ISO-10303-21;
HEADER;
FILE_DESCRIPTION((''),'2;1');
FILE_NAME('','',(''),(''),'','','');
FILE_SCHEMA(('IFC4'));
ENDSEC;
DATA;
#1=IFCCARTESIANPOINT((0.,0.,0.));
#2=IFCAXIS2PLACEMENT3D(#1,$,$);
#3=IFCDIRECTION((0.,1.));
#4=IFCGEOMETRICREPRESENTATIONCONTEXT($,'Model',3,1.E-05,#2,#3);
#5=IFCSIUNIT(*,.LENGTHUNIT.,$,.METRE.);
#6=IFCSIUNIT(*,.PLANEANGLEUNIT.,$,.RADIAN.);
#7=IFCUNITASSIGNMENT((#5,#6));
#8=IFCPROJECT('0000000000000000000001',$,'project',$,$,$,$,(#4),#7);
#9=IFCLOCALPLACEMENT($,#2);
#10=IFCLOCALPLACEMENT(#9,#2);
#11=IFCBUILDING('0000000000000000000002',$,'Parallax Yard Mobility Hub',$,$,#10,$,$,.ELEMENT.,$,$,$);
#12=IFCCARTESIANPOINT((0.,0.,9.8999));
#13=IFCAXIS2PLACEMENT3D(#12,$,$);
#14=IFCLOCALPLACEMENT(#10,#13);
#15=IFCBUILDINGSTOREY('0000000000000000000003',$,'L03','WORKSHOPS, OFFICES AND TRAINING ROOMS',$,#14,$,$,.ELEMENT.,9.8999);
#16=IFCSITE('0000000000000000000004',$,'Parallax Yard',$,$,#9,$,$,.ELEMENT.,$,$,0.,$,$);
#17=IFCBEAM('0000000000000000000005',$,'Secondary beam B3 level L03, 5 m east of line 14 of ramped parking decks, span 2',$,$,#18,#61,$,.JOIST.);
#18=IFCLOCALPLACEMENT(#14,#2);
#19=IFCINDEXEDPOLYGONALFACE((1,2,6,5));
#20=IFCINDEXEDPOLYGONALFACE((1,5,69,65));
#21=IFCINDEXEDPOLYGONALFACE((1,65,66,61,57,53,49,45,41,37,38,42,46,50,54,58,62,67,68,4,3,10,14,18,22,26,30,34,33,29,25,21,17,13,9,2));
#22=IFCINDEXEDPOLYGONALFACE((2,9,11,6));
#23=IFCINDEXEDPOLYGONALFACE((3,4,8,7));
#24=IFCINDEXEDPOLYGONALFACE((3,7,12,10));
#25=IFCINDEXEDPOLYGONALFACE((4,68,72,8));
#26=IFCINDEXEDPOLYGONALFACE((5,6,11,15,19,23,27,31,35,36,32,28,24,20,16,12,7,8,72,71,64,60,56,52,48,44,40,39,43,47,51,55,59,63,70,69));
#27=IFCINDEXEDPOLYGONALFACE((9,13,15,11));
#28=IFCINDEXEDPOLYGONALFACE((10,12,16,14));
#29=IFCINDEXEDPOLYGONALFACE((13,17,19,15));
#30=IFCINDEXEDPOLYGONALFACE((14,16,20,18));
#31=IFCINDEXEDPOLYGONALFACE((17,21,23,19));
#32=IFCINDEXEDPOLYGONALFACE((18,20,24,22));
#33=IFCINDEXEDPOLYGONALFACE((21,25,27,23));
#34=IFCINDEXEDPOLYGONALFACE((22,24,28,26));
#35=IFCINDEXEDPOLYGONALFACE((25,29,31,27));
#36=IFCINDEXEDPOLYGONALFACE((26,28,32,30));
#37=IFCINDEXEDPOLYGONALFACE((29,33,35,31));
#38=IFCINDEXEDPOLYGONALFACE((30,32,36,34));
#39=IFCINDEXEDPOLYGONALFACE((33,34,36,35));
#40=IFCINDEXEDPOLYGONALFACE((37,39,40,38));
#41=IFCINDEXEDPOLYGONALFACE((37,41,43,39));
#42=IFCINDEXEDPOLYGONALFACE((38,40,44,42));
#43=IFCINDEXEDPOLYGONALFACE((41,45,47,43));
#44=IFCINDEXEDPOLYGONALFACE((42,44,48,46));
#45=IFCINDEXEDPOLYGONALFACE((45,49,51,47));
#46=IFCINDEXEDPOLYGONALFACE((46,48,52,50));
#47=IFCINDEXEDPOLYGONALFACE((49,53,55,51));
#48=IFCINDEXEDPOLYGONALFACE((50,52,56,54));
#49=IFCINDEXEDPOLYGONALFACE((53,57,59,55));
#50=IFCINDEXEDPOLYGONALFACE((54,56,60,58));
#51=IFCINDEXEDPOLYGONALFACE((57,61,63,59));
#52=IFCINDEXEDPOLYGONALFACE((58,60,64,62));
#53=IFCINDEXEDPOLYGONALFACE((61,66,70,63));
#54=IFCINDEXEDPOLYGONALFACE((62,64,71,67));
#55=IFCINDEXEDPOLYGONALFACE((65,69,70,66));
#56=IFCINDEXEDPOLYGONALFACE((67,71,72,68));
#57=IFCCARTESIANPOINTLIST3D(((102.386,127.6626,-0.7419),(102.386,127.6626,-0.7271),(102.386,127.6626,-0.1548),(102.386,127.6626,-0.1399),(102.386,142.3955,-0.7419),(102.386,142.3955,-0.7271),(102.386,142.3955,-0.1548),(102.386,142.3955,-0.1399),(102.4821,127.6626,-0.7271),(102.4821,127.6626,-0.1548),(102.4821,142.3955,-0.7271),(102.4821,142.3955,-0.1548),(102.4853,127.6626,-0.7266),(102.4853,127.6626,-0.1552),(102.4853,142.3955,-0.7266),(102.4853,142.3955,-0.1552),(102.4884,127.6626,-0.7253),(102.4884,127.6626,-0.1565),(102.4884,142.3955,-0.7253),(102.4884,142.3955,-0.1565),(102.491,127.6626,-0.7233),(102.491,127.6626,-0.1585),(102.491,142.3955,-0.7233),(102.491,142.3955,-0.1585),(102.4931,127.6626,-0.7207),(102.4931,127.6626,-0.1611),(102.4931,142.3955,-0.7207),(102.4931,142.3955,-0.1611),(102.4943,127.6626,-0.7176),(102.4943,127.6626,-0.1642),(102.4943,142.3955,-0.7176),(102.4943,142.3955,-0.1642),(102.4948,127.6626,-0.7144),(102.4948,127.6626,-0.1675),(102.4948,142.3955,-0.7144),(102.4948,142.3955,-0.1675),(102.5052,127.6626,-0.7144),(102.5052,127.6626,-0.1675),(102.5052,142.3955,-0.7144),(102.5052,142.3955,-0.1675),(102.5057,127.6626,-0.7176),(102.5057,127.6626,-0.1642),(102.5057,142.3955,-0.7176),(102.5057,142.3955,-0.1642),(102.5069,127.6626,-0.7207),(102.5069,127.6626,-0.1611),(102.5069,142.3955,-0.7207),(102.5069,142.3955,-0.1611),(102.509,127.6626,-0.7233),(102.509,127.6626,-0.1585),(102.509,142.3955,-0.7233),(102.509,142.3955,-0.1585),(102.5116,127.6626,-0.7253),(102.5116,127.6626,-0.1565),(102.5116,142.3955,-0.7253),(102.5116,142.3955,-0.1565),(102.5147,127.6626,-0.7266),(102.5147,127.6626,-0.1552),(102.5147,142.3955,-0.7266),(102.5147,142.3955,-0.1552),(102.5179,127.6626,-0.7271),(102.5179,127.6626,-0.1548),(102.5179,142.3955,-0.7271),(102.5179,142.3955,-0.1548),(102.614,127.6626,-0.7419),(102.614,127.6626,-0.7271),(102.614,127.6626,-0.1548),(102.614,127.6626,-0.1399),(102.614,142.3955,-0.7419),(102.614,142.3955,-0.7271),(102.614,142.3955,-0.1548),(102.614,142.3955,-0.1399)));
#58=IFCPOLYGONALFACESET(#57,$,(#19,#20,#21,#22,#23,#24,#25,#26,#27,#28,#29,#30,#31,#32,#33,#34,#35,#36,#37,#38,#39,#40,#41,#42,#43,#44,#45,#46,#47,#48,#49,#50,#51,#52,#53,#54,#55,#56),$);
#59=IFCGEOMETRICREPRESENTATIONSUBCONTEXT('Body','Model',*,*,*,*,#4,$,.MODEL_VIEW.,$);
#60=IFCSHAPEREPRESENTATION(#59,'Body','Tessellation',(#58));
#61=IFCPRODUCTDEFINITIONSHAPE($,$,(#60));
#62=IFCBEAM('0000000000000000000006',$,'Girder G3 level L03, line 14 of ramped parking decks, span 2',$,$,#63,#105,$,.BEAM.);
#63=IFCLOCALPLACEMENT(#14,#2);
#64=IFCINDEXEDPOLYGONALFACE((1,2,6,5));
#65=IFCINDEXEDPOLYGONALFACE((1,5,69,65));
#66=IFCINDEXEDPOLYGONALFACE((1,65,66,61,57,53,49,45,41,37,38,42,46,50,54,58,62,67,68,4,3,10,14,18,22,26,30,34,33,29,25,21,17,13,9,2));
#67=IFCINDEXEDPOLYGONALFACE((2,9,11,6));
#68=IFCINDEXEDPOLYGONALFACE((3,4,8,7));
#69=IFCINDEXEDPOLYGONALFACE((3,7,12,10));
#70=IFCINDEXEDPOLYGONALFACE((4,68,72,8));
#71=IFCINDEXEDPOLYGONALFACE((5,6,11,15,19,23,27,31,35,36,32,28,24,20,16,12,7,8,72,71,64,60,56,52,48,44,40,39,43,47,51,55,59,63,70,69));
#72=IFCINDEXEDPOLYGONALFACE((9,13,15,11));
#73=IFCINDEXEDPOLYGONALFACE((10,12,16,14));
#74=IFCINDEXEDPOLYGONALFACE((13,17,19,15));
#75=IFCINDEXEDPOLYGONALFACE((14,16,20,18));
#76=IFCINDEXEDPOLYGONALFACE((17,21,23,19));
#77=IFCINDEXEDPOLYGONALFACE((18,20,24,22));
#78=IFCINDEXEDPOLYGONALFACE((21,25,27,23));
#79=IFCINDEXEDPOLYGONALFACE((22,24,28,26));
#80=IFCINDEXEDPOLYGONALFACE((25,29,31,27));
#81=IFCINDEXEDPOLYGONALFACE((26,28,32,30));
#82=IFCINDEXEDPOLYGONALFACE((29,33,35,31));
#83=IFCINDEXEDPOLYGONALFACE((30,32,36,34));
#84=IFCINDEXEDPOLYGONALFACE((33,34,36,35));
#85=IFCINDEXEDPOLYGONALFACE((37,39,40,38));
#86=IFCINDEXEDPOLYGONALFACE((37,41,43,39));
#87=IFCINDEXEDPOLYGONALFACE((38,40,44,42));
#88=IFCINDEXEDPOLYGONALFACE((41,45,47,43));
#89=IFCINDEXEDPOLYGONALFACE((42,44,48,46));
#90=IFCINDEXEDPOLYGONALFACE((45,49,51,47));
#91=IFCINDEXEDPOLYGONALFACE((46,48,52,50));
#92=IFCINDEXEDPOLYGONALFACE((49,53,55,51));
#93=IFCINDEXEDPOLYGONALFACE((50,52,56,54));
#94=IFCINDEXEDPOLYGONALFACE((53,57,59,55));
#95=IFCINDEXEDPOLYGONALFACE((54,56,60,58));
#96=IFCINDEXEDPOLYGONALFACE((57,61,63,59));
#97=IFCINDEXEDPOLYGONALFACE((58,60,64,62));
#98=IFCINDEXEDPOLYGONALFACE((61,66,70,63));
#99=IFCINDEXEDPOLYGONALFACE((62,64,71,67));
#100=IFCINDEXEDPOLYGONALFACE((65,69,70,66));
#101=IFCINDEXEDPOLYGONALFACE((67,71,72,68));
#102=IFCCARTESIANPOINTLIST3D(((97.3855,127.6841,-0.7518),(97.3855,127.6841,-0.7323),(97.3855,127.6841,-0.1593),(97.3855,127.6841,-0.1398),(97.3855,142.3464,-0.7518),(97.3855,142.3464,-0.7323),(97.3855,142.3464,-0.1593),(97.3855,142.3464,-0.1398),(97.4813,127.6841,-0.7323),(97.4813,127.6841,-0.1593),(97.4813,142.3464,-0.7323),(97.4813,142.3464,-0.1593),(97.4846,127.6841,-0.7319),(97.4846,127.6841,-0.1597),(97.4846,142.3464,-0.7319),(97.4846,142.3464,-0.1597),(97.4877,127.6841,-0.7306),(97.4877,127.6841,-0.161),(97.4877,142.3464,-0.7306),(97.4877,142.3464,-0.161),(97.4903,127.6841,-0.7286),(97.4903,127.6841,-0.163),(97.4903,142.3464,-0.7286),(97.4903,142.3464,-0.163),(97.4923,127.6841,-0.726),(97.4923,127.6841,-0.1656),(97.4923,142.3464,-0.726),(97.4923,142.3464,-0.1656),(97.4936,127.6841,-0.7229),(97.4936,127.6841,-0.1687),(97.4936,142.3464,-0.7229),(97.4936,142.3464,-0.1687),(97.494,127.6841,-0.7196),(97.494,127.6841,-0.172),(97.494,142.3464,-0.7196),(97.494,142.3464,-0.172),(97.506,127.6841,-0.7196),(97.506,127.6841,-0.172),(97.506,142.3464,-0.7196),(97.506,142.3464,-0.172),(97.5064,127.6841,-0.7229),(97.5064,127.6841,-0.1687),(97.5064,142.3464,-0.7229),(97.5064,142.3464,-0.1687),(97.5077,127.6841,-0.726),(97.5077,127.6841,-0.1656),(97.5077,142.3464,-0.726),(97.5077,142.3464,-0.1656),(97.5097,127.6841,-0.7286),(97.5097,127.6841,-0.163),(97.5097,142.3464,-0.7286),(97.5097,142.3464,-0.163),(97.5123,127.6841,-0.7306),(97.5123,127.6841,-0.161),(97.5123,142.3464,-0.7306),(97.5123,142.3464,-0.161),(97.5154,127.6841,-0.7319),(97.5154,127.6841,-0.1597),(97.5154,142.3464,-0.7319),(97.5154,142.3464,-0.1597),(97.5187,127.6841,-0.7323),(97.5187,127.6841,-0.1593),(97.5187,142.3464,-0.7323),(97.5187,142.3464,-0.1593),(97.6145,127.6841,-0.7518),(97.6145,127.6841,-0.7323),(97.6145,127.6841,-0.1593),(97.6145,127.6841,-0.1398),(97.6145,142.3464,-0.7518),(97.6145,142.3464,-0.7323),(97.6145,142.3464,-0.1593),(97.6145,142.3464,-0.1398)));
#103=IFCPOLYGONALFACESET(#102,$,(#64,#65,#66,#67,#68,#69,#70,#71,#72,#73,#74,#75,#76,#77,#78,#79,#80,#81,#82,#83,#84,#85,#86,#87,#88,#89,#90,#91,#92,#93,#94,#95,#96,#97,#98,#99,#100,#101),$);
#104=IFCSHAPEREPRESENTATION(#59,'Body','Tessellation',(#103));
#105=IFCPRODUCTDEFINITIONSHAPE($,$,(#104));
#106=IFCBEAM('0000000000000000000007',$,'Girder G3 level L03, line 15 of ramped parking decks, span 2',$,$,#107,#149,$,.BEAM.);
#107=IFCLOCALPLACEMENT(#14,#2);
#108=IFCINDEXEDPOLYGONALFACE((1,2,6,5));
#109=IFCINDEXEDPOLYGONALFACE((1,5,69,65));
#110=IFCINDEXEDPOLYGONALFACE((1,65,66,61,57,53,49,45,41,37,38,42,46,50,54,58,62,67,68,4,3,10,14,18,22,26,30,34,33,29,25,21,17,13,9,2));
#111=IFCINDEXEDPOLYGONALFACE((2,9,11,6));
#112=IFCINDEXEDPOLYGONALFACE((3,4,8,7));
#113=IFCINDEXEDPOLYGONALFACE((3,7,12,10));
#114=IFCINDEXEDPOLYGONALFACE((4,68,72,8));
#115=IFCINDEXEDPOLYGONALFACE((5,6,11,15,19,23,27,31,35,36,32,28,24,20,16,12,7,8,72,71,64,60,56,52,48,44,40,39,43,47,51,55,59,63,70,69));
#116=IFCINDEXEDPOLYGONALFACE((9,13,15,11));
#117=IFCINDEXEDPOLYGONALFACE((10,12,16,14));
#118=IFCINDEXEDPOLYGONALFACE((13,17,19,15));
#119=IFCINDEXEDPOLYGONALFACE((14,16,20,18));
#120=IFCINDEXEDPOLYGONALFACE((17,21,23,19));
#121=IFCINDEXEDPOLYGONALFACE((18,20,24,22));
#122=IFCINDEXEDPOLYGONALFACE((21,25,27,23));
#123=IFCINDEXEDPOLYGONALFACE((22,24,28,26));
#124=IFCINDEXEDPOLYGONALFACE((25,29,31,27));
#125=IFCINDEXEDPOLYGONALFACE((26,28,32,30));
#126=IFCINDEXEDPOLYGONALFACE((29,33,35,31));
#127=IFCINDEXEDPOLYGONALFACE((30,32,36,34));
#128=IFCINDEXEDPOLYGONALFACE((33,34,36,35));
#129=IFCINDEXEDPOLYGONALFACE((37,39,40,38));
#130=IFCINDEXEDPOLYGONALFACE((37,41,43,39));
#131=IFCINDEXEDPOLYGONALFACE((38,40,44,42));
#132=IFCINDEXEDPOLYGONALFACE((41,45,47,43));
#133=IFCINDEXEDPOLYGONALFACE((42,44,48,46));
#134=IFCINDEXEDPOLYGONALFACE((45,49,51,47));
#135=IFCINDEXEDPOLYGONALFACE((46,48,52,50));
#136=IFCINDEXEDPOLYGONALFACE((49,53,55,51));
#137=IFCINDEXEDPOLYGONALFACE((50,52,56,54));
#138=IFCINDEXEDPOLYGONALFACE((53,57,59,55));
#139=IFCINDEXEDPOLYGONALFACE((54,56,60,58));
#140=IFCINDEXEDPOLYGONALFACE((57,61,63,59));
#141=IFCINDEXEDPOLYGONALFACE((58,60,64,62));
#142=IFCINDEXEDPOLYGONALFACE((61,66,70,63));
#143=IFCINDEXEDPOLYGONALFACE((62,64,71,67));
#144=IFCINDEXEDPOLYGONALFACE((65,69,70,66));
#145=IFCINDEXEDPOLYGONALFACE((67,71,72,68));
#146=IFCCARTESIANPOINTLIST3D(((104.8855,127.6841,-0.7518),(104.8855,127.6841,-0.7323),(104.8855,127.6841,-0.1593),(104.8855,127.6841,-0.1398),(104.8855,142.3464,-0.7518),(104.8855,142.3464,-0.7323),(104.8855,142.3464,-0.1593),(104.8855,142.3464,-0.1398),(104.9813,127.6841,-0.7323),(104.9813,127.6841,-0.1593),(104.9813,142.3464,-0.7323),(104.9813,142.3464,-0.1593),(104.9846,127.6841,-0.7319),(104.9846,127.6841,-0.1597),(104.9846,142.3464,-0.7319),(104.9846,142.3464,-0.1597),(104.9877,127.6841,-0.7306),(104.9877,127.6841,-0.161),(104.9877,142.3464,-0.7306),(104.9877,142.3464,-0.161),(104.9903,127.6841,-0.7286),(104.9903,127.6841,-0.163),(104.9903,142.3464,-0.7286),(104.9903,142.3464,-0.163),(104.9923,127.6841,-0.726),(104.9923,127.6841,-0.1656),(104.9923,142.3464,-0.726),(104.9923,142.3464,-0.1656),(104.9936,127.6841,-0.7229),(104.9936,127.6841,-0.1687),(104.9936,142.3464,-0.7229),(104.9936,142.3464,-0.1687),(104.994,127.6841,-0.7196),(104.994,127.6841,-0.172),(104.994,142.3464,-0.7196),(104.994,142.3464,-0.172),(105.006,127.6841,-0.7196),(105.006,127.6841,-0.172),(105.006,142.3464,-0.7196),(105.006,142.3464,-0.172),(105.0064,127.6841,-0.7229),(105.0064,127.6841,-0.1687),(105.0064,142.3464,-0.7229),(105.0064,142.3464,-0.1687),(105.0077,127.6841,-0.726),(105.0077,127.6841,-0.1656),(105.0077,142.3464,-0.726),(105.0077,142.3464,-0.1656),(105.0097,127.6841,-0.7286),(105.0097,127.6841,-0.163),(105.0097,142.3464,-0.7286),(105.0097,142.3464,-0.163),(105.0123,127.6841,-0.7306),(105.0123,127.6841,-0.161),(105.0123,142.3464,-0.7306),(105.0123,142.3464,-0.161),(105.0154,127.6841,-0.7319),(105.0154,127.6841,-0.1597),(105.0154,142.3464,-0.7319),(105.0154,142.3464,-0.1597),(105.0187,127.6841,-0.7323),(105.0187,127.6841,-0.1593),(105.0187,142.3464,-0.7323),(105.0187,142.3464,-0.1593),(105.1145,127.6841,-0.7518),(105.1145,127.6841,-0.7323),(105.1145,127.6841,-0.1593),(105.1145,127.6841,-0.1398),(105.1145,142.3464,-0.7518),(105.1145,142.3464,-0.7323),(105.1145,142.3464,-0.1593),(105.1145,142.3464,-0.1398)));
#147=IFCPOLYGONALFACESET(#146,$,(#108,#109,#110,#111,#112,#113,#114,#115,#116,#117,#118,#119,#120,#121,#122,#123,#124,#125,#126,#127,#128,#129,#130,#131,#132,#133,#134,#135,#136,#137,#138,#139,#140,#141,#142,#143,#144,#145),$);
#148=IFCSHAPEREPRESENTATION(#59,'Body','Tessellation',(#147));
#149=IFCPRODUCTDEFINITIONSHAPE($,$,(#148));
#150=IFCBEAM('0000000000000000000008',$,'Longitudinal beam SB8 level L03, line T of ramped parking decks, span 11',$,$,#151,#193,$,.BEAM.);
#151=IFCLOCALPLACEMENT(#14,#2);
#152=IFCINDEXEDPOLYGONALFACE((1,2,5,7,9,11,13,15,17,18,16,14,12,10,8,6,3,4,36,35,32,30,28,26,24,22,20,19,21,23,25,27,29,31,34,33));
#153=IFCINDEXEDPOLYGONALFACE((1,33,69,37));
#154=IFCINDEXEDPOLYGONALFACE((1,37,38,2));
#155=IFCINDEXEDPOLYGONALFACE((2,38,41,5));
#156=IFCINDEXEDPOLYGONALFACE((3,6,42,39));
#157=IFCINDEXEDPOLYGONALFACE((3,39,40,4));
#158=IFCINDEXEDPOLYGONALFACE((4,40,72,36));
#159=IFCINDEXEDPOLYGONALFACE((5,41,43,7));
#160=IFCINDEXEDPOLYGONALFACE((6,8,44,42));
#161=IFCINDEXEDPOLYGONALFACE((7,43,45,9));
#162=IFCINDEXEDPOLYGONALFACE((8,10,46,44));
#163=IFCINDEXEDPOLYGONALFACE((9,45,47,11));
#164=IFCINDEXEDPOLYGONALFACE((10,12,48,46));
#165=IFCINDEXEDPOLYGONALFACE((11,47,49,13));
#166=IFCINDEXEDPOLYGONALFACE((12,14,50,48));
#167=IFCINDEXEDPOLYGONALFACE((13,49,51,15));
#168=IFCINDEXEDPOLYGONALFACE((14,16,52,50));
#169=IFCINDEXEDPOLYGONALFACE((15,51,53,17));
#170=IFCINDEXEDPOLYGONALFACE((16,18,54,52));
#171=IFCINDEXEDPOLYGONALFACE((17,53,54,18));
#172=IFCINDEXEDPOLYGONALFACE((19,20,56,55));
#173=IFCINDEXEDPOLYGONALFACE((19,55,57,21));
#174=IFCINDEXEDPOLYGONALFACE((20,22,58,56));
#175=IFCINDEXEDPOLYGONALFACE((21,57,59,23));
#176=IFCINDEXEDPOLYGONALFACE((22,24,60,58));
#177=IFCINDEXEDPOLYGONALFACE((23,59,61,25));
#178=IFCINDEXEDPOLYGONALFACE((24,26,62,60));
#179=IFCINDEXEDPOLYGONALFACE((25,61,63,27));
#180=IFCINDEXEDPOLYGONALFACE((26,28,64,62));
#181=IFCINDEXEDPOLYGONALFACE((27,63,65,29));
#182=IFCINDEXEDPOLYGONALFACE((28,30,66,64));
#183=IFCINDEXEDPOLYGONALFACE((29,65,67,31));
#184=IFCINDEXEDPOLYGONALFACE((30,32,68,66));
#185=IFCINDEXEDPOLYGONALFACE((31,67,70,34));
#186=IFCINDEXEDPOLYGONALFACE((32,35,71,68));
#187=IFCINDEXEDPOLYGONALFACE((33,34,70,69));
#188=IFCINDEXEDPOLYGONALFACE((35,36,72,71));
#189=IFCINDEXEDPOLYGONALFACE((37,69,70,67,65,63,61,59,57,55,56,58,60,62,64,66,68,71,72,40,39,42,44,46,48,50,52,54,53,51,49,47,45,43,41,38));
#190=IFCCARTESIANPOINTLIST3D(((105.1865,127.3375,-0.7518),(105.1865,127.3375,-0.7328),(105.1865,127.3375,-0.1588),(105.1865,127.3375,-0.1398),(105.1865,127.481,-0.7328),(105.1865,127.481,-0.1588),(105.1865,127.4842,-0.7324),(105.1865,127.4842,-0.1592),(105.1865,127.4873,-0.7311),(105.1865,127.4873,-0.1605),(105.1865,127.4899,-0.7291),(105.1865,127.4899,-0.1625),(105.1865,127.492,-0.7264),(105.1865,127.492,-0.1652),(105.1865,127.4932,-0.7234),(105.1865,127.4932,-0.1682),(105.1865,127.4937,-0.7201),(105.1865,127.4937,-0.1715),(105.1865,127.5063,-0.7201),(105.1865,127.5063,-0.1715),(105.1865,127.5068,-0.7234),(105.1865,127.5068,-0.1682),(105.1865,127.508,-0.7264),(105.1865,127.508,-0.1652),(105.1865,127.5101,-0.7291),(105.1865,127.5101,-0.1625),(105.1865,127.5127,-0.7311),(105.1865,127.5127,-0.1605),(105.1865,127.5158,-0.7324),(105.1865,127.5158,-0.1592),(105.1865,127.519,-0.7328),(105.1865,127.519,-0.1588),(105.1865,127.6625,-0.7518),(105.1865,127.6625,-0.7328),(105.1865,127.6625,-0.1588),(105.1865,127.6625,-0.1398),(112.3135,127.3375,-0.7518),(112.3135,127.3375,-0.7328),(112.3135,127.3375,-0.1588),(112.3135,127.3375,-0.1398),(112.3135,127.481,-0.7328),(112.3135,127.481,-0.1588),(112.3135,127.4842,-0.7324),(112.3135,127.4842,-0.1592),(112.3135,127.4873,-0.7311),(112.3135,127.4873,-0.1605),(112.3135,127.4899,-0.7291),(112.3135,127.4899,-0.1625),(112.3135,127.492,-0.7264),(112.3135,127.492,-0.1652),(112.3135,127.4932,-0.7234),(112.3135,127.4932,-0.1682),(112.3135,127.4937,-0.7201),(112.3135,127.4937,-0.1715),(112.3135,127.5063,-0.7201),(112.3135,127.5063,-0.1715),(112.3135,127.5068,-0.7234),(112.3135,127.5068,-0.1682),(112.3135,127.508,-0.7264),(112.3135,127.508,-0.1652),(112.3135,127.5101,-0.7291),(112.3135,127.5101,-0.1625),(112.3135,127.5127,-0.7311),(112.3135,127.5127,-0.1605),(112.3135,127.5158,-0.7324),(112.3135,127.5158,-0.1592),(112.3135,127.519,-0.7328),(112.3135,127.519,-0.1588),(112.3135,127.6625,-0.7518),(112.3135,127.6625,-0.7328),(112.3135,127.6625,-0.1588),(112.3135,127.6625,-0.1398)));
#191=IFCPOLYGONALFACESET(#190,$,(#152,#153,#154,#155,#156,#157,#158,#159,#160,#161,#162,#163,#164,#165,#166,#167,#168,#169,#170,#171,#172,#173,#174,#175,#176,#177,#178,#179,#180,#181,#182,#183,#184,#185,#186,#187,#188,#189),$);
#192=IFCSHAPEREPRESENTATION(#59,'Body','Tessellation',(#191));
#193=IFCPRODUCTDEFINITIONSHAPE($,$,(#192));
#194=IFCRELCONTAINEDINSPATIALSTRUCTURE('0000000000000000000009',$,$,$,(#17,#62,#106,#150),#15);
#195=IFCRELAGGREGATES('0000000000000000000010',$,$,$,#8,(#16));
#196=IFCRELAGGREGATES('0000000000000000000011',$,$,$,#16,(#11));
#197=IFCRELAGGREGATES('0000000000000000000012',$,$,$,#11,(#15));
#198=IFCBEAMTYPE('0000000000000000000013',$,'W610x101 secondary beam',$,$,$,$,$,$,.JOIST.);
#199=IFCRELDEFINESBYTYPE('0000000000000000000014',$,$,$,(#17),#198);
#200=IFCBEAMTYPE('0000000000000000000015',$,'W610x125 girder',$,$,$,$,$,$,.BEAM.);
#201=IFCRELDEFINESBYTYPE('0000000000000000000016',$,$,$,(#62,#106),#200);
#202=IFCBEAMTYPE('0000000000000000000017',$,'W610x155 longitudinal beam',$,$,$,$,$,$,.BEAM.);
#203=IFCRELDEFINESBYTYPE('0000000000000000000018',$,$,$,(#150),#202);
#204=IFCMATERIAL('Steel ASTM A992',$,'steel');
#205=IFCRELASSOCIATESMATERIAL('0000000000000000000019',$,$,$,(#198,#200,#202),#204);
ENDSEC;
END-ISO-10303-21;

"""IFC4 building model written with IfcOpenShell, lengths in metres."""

from ifc_helpers import new_model, si_unit, direction, frame, origin, origin_2d, place, context, subcontext, project, spatial, i_section, extrude, material, material_profile, profile_set, type_object, element, save


model = new_model("IFC4")

# Units and contexts
model_context = context("Model", 3, precision=1e-05, world=origin(), true_north=direction((0.0, 1.0)))
body_context = subcontext(model_context, "Body", "Model", "MODEL_VIEW")
ifc_project = project(units=[si_unit("LENGTHUNIT", "METRE"), si_unit("PLANEANGLEUNIT", "RADIAN")], contexts=[model_context])

# Site, building, storey
site_placement = place(None, origin())
site = spatial("IfcSite", under=ifc_project, at=site_placement, Name="Parallax Yard", CompositionType="ELEMENT", RefElevation=0.0)
building_placement = place(site_placement, origin())
building = spatial("IfcBuilding", under=site, at=building_placement, Name="Parallax Yard Mobility Hub", CompositionType="ELEMENT")
storey_placement = place(building_placement, frame((0.0, 0.0, 9.8999)))
storey = spatial("IfcBuildingStorey", under=building, at=storey_placement, Name="L03", Description="WORKSHOPS, OFFICES AND TRAINING ROOMS", CompositionType="ELEMENT", Elevation=9.8999)

# Shared definitions
ifc_material_1 = material(Name="Steel ASTM A992", Category="steel")

# Beams
ifc_material_profile_1 = material_profile(ifc_material_1, i_section(OverallWidth=0.228, OverallDepth=0.6021, WebThickness=0.0105, FlangeThickness=0.0149, FilletRadius=0.0127, at=origin_2d()), Name="W610x101")
ifc_profile_set_1 = profile_set([ifc_material_profile_1], Name="Steel ASTM A992")
beam_type_1 = type_object("IfcBeamType", Name="W610x101 secondary beam", PredefinedType="JOIST", material=ifc_profile_set_1)
for number, where, z_axis, x_axis, name in (
    (1, (102.5, 127.6626, -0.4409), (0.0, 1.0, 0.0), (-1.0, 0.0, 0.0), "Secondary beam B3 level L03, 5 m east of line 14 of ramped parking decks, span 2"),
):
    element("IfcBeam", number, at=place(storey_placement, frame(where, z_axis=z_axis, x_axis=x_axis)), inside=storey, type_object=beam_type_1, Name=name, PredefinedType="JOIST", context=body_context, shape_type="SweptSolid", body=[
        extrude(i_section(OverallWidth=0.228, OverallDepth=0.6021, WebThickness=0.0105, FlangeThickness=0.0149, FilletRadius=0.0127, at=origin_2d()), origin(), (0.0, 0.0, 1.0), 14.7329),
    ])
ifc_material_profile_2 = material_profile(ifc_material_1, i_section(OverallWidth=0.229, OverallDepth=0.6121, WebThickness=0.012, FlangeThickness=0.0195, FilletRadius=0.0127, at=origin_2d()), Name="W610x125")
ifc_profile_set_2 = profile_set([ifc_material_profile_2], Name="Steel ASTM A992")
beam_type_2 = type_object("IfcBeamType", Name="W610x125 girder", PredefinedType="BEAM", material=ifc_profile_set_2)
for number, where, z_axis, x_axis, name in (
    (2, (97.5, 127.6841, -0.4458), (0.0, 1.0, 0.0), (-1.0, 0.0, 0.0), "Girder G3 level L03, line 14 of ramped parking decks, span 2"),
    (3, (105.0, 127.6841, -0.4458), (0.0, 1.0, 0.0), (-1.0, 0.0, 0.0), "Girder G3 level L03, line 15 of ramped parking decks, span 2"),
):
    element("IfcBeam", number, at=place(storey_placement, frame(where, z_axis=z_axis, x_axis=x_axis)), inside=storey, type_object=beam_type_2, Name=name, PredefinedType="BEAM", context=body_context, shape_type="SweptSolid", body=[
        extrude(i_section(OverallWidth=0.229, OverallDepth=0.6121, WebThickness=0.012, FlangeThickness=0.0195, FilletRadius=0.0127, at=origin_2d()), origin(), (0.0, 0.0, 1.0), 14.6624),
    ])
ifc_material_profile_3 = material_profile(ifc_material_1, i_section(OverallWidth=0.325, OverallDepth=0.6121, WebThickness=0.0127, FlangeThickness=0.019, FilletRadius=0.0127, at=origin_2d()), Name="W610x155")
ifc_profile_set_3 = profile_set([ifc_material_profile_3], Name="Steel ASTM A992")
beam_type_3 = type_object("IfcBeamType", Name="W610x155 longitudinal beam", PredefinedType="BEAM", material=ifc_profile_set_3)
beam_placement = place(storey_placement, frame((105.1865, 127.5, -0.4458), z_axis=(1.0, 0.0, 0.0), x_axis=(0.0, 1.0, 0.0)))
element("IfcBeam", 4, at=beam_placement, inside=storey, type_object=beam_type_3, Name="Longitudinal beam SB8 level L03, line T of ramped parking decks, span 11", PredefinedType="BEAM", context=body_context, shape_type="SweptSolid", body=[
    extrude(i_section(OverallWidth=0.325, OverallDepth=0.6121, WebThickness=0.0127, FlangeThickness=0.019, FilletRadius=0.0127, at=origin_2d()), origin(), (0.0, 0.0, 1.0), 7.127),
])

save(model, "model.ifc")
